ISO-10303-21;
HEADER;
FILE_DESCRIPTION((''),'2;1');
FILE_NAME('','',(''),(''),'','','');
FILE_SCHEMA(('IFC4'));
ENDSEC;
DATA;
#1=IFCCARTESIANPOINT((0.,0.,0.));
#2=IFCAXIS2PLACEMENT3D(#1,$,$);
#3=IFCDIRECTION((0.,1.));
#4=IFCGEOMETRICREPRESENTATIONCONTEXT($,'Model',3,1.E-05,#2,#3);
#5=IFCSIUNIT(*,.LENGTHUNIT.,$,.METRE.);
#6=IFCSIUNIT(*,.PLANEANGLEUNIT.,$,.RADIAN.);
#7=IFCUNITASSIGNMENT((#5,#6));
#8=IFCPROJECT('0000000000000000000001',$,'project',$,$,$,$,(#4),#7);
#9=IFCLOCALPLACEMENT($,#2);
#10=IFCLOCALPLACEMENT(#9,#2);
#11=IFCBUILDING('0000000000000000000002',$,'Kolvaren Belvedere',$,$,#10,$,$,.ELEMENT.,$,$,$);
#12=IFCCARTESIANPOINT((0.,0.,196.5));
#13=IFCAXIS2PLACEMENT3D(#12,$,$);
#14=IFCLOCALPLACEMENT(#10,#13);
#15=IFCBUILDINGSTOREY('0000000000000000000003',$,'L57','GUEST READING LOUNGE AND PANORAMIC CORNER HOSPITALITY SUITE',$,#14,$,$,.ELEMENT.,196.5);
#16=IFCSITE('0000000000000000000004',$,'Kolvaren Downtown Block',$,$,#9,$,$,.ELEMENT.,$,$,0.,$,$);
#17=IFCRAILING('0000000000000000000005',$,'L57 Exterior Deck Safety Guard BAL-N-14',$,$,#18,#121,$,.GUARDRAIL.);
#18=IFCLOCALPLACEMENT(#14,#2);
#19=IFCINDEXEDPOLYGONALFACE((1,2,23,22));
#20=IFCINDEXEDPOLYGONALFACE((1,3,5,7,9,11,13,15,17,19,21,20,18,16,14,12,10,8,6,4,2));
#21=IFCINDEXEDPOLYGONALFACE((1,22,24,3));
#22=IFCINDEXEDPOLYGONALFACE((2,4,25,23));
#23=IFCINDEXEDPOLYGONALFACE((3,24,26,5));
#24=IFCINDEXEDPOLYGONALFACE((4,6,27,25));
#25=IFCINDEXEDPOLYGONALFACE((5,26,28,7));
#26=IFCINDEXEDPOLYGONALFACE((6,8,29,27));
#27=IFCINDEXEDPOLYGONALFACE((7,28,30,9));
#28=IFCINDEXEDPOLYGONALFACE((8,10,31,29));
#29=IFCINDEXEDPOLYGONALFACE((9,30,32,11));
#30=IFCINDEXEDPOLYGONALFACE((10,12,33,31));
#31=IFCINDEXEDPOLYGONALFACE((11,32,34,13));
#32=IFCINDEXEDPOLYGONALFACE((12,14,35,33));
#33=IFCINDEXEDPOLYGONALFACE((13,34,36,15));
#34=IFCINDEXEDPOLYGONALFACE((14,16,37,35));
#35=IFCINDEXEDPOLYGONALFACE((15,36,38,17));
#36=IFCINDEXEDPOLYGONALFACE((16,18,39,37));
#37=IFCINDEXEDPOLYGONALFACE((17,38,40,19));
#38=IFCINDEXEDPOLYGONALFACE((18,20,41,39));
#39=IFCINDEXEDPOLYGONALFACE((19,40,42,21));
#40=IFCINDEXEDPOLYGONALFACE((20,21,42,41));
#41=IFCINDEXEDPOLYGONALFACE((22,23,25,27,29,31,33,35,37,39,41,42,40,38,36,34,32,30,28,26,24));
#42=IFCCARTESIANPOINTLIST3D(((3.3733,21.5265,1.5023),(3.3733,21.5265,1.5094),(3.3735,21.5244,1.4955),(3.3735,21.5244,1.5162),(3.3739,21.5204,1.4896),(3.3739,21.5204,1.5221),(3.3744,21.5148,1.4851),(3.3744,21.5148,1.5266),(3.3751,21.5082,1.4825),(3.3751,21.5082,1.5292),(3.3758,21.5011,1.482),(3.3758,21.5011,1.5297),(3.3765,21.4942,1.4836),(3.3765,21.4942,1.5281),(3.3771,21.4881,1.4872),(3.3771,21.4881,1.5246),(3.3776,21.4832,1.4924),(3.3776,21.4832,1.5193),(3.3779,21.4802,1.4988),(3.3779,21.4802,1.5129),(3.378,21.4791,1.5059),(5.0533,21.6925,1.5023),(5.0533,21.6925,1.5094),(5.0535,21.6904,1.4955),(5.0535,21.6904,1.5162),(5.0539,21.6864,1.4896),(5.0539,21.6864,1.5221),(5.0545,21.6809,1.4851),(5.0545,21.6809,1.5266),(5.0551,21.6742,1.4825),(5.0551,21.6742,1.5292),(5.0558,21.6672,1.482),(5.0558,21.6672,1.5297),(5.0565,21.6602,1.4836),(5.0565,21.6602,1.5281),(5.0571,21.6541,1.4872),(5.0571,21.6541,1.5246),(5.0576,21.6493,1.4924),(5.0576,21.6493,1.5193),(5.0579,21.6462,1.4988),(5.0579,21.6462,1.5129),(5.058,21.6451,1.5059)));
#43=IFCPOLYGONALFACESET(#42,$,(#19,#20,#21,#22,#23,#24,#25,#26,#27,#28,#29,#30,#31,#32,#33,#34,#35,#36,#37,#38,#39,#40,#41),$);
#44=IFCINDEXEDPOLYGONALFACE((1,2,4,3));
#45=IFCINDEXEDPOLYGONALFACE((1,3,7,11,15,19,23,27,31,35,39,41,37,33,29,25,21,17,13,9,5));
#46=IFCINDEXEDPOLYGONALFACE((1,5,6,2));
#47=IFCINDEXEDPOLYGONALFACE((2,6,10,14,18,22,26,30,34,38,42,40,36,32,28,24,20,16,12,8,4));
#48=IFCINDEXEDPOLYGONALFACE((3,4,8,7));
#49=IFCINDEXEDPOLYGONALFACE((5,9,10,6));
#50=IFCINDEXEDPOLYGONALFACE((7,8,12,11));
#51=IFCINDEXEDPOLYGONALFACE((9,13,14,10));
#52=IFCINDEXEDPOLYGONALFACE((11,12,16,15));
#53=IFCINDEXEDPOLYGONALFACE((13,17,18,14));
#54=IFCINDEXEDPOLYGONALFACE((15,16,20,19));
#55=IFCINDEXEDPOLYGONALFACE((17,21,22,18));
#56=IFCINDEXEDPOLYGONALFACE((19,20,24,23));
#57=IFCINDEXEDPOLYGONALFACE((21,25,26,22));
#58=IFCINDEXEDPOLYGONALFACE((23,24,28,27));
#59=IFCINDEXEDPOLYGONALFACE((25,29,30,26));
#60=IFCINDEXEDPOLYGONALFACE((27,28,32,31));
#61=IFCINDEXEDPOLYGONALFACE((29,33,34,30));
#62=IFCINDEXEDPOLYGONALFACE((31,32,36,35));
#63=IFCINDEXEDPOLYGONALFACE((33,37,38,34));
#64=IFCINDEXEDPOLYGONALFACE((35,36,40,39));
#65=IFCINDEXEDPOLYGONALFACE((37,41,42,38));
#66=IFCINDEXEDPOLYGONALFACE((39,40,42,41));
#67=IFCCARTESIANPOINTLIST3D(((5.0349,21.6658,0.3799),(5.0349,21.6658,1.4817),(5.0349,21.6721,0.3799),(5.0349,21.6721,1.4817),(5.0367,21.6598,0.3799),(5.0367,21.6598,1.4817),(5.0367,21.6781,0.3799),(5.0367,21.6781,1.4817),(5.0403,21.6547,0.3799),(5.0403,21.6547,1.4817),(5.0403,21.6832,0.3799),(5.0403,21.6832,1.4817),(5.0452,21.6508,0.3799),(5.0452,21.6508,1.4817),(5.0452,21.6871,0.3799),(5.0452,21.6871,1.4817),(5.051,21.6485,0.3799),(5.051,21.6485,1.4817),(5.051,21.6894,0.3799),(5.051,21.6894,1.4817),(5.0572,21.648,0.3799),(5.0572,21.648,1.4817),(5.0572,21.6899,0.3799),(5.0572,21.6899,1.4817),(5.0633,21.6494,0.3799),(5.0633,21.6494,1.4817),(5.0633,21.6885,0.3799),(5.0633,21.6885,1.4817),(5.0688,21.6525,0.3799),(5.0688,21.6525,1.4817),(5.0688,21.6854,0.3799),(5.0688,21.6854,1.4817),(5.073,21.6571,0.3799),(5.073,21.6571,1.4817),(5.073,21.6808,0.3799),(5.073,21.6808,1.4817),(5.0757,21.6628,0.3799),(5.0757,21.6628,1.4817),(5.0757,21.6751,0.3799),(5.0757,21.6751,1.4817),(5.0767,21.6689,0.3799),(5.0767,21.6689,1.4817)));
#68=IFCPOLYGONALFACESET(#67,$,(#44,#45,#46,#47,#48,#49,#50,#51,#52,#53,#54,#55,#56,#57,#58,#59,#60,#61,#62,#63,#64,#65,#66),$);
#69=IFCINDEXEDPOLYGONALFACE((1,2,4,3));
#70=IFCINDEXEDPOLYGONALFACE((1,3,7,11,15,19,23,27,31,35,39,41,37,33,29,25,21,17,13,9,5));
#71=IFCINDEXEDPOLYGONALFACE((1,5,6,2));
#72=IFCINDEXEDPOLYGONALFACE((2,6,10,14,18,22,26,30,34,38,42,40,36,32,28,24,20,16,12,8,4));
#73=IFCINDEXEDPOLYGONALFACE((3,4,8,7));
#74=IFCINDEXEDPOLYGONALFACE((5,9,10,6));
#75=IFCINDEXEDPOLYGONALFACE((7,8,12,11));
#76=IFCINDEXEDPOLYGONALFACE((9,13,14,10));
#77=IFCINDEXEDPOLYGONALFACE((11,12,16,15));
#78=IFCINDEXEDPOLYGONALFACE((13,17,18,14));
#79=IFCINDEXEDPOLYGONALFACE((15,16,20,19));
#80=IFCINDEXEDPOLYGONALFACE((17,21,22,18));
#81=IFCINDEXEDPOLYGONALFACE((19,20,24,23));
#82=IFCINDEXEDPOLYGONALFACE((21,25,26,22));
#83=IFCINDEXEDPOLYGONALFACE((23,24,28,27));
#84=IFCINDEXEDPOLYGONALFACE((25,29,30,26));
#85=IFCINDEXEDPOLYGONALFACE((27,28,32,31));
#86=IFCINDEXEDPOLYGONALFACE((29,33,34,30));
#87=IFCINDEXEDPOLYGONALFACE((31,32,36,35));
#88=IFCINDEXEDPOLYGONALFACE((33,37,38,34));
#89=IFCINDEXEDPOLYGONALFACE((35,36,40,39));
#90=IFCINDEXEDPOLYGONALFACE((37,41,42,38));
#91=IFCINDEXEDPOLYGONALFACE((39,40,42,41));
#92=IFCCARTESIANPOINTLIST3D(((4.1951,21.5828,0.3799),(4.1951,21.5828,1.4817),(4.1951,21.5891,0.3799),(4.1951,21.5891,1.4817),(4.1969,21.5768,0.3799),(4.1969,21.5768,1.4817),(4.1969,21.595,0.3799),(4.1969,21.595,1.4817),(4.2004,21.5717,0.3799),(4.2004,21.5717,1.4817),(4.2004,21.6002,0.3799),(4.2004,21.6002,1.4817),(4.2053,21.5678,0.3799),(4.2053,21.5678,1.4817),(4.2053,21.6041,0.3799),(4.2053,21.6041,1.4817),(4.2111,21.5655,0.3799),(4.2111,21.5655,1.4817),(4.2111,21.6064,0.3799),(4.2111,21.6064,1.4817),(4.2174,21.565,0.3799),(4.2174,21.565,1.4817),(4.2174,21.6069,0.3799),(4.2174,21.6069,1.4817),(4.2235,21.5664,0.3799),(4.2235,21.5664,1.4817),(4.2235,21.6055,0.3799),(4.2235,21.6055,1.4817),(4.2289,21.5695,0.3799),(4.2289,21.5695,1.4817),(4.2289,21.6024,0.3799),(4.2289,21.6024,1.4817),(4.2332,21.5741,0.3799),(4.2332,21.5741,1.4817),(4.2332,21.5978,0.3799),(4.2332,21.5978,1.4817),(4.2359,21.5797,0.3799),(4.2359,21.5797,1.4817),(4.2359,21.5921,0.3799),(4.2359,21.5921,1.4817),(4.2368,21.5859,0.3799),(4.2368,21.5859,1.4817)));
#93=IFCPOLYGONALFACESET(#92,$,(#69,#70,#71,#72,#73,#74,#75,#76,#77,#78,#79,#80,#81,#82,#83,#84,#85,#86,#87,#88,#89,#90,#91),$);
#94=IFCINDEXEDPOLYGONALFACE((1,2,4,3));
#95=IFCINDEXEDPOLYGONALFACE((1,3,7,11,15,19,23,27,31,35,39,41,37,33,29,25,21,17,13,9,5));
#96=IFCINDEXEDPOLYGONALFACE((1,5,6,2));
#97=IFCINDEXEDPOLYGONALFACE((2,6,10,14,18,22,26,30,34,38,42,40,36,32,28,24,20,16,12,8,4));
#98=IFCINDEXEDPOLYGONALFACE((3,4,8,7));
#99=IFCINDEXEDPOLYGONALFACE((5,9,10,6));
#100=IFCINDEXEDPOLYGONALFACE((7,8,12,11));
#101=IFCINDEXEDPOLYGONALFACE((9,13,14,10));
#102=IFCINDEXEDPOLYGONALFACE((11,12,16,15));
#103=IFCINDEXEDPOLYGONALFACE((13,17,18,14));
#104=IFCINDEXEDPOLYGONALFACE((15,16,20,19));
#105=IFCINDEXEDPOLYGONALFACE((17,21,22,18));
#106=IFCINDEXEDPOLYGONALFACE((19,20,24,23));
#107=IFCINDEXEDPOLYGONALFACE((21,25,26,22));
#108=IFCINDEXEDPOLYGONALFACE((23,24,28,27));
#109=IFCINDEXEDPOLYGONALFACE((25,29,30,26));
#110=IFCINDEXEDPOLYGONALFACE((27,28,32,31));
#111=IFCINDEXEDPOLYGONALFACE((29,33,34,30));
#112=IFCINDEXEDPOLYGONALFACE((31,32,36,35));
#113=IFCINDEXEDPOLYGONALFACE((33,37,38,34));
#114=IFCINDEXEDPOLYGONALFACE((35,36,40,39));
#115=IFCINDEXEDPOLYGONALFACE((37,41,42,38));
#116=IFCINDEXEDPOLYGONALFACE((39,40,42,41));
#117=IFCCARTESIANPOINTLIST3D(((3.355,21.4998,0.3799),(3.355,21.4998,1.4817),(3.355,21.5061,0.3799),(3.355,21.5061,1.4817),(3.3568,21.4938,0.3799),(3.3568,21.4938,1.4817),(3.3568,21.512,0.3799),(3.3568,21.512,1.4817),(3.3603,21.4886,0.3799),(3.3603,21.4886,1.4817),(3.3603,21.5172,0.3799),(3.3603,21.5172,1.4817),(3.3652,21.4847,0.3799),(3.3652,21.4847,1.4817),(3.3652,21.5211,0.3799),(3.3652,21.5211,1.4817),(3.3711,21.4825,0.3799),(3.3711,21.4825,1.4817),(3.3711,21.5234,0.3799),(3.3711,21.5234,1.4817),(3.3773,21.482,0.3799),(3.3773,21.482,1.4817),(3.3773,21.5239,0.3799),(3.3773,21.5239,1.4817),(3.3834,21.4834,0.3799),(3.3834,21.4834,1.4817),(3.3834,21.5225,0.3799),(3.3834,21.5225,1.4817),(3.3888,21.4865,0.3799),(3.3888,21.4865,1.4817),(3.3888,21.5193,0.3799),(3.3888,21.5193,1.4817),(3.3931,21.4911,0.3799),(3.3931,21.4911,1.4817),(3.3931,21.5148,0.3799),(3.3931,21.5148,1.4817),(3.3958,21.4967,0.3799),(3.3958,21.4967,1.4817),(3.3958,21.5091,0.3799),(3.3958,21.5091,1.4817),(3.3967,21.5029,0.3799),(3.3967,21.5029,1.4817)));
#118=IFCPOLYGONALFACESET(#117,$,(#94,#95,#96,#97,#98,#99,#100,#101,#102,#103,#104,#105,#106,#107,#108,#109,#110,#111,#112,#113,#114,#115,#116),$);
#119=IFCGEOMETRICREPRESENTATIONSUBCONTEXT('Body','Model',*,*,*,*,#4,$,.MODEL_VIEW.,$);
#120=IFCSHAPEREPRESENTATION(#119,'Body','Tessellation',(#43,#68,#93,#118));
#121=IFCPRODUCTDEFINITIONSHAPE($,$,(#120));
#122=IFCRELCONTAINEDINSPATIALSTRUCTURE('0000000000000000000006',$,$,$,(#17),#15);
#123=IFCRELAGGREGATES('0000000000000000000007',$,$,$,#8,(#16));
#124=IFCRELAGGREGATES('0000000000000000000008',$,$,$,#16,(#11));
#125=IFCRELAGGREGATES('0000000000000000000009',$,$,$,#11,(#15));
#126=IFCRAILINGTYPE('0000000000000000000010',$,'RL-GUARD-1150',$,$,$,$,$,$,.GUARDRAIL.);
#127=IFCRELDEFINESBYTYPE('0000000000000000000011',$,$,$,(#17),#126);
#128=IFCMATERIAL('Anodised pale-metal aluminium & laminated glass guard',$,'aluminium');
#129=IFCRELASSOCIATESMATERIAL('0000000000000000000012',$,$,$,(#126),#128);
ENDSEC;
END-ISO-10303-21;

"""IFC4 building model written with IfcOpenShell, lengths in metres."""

from ifc_helpers import new_model, si_unit, direction, frame, origin, origin_2d, place, context, subcontext, project, spatial, circle, extrude, material, type_object, element, save


model = new_model("IFC4")

# Units and contexts
model_context = context("Model", 3, precision=1e-05, world=origin(), true_north=direction((0.0, 1.0)))
body_context = subcontext(model_context, "Body", "Model", "MODEL_VIEW")
ifc_project = project(units=[si_unit("LENGTHUNIT", "METRE"), si_unit("PLANEANGLEUNIT", "RADIAN")], contexts=[model_context])

# Site, building, storey
site_placement = place(None, origin())
site = spatial("IfcSite", under=ifc_project, at=site_placement, Name="Kolvaren Downtown Block", CompositionType="ELEMENT", RefElevation=0.0)
building_placement = place(site_placement, origin())
building = spatial("IfcBuilding", under=site, at=building_placement, Name="Kolvaren Belvedere", CompositionType="ELEMENT")
storey_placement = place(building_placement, frame((0.0, 0.0, 196.5)))
storey = spatial("IfcBuildingStorey", under=building, at=storey_placement, Name="L57", Description="GUEST READING LOUNGE AND PANORAMIC CORNER HOSPITALITY SUITE", CompositionType="ELEMENT", Elevation=196.5)

# Railing
ifc_material_1 = material(Name="Anodised pale-metal aluminium & laminated glass guard", Category="aluminium")
railing_type = type_object("IfcRailingType", Name="RL-GUARD-1150", PredefinedType="GUARDRAIL", material=ifc_material_1)
railing_1_placement = place(storey_placement, frame((5.0557, 21.6689, 0.3799)))
element("IfcRailing", 1, at=railing_1_placement, inside=storey, type_object=railing_type, Name="L57 Exterior Deck Safety Guard BAL-N-14", PredefinedType="GUARDRAIL", context=body_context, shape_type="SweptSolid", body=[
    extrude(circle(Radius=0.0239, at=origin_2d()), frame((0.0, 0.0, 1.126), z_axis=(-0.995152, -0.098344, 0.0), x_axis=(0.098344, -0.995152, 0.0)), (0.0, 0.0, 1.0), 1.6882),
    extrude(circle(Radius=0.021, at=origin_2d()), origin(), (0.0, 0.0, 1.0), 1.1018),
    extrude(circle(Radius=0.021, at=origin_2d()), frame((-0.8398, -0.083, 0.0)), (0.0, 0.0, 1.0), 1.1018),
    extrude(circle(Radius=0.021, at=origin_2d()), frame((-1.6799, -0.166, 0.0)), (0.0, 0.0, 1.0), 1.1018),
])

save(model, "model.ifc")
